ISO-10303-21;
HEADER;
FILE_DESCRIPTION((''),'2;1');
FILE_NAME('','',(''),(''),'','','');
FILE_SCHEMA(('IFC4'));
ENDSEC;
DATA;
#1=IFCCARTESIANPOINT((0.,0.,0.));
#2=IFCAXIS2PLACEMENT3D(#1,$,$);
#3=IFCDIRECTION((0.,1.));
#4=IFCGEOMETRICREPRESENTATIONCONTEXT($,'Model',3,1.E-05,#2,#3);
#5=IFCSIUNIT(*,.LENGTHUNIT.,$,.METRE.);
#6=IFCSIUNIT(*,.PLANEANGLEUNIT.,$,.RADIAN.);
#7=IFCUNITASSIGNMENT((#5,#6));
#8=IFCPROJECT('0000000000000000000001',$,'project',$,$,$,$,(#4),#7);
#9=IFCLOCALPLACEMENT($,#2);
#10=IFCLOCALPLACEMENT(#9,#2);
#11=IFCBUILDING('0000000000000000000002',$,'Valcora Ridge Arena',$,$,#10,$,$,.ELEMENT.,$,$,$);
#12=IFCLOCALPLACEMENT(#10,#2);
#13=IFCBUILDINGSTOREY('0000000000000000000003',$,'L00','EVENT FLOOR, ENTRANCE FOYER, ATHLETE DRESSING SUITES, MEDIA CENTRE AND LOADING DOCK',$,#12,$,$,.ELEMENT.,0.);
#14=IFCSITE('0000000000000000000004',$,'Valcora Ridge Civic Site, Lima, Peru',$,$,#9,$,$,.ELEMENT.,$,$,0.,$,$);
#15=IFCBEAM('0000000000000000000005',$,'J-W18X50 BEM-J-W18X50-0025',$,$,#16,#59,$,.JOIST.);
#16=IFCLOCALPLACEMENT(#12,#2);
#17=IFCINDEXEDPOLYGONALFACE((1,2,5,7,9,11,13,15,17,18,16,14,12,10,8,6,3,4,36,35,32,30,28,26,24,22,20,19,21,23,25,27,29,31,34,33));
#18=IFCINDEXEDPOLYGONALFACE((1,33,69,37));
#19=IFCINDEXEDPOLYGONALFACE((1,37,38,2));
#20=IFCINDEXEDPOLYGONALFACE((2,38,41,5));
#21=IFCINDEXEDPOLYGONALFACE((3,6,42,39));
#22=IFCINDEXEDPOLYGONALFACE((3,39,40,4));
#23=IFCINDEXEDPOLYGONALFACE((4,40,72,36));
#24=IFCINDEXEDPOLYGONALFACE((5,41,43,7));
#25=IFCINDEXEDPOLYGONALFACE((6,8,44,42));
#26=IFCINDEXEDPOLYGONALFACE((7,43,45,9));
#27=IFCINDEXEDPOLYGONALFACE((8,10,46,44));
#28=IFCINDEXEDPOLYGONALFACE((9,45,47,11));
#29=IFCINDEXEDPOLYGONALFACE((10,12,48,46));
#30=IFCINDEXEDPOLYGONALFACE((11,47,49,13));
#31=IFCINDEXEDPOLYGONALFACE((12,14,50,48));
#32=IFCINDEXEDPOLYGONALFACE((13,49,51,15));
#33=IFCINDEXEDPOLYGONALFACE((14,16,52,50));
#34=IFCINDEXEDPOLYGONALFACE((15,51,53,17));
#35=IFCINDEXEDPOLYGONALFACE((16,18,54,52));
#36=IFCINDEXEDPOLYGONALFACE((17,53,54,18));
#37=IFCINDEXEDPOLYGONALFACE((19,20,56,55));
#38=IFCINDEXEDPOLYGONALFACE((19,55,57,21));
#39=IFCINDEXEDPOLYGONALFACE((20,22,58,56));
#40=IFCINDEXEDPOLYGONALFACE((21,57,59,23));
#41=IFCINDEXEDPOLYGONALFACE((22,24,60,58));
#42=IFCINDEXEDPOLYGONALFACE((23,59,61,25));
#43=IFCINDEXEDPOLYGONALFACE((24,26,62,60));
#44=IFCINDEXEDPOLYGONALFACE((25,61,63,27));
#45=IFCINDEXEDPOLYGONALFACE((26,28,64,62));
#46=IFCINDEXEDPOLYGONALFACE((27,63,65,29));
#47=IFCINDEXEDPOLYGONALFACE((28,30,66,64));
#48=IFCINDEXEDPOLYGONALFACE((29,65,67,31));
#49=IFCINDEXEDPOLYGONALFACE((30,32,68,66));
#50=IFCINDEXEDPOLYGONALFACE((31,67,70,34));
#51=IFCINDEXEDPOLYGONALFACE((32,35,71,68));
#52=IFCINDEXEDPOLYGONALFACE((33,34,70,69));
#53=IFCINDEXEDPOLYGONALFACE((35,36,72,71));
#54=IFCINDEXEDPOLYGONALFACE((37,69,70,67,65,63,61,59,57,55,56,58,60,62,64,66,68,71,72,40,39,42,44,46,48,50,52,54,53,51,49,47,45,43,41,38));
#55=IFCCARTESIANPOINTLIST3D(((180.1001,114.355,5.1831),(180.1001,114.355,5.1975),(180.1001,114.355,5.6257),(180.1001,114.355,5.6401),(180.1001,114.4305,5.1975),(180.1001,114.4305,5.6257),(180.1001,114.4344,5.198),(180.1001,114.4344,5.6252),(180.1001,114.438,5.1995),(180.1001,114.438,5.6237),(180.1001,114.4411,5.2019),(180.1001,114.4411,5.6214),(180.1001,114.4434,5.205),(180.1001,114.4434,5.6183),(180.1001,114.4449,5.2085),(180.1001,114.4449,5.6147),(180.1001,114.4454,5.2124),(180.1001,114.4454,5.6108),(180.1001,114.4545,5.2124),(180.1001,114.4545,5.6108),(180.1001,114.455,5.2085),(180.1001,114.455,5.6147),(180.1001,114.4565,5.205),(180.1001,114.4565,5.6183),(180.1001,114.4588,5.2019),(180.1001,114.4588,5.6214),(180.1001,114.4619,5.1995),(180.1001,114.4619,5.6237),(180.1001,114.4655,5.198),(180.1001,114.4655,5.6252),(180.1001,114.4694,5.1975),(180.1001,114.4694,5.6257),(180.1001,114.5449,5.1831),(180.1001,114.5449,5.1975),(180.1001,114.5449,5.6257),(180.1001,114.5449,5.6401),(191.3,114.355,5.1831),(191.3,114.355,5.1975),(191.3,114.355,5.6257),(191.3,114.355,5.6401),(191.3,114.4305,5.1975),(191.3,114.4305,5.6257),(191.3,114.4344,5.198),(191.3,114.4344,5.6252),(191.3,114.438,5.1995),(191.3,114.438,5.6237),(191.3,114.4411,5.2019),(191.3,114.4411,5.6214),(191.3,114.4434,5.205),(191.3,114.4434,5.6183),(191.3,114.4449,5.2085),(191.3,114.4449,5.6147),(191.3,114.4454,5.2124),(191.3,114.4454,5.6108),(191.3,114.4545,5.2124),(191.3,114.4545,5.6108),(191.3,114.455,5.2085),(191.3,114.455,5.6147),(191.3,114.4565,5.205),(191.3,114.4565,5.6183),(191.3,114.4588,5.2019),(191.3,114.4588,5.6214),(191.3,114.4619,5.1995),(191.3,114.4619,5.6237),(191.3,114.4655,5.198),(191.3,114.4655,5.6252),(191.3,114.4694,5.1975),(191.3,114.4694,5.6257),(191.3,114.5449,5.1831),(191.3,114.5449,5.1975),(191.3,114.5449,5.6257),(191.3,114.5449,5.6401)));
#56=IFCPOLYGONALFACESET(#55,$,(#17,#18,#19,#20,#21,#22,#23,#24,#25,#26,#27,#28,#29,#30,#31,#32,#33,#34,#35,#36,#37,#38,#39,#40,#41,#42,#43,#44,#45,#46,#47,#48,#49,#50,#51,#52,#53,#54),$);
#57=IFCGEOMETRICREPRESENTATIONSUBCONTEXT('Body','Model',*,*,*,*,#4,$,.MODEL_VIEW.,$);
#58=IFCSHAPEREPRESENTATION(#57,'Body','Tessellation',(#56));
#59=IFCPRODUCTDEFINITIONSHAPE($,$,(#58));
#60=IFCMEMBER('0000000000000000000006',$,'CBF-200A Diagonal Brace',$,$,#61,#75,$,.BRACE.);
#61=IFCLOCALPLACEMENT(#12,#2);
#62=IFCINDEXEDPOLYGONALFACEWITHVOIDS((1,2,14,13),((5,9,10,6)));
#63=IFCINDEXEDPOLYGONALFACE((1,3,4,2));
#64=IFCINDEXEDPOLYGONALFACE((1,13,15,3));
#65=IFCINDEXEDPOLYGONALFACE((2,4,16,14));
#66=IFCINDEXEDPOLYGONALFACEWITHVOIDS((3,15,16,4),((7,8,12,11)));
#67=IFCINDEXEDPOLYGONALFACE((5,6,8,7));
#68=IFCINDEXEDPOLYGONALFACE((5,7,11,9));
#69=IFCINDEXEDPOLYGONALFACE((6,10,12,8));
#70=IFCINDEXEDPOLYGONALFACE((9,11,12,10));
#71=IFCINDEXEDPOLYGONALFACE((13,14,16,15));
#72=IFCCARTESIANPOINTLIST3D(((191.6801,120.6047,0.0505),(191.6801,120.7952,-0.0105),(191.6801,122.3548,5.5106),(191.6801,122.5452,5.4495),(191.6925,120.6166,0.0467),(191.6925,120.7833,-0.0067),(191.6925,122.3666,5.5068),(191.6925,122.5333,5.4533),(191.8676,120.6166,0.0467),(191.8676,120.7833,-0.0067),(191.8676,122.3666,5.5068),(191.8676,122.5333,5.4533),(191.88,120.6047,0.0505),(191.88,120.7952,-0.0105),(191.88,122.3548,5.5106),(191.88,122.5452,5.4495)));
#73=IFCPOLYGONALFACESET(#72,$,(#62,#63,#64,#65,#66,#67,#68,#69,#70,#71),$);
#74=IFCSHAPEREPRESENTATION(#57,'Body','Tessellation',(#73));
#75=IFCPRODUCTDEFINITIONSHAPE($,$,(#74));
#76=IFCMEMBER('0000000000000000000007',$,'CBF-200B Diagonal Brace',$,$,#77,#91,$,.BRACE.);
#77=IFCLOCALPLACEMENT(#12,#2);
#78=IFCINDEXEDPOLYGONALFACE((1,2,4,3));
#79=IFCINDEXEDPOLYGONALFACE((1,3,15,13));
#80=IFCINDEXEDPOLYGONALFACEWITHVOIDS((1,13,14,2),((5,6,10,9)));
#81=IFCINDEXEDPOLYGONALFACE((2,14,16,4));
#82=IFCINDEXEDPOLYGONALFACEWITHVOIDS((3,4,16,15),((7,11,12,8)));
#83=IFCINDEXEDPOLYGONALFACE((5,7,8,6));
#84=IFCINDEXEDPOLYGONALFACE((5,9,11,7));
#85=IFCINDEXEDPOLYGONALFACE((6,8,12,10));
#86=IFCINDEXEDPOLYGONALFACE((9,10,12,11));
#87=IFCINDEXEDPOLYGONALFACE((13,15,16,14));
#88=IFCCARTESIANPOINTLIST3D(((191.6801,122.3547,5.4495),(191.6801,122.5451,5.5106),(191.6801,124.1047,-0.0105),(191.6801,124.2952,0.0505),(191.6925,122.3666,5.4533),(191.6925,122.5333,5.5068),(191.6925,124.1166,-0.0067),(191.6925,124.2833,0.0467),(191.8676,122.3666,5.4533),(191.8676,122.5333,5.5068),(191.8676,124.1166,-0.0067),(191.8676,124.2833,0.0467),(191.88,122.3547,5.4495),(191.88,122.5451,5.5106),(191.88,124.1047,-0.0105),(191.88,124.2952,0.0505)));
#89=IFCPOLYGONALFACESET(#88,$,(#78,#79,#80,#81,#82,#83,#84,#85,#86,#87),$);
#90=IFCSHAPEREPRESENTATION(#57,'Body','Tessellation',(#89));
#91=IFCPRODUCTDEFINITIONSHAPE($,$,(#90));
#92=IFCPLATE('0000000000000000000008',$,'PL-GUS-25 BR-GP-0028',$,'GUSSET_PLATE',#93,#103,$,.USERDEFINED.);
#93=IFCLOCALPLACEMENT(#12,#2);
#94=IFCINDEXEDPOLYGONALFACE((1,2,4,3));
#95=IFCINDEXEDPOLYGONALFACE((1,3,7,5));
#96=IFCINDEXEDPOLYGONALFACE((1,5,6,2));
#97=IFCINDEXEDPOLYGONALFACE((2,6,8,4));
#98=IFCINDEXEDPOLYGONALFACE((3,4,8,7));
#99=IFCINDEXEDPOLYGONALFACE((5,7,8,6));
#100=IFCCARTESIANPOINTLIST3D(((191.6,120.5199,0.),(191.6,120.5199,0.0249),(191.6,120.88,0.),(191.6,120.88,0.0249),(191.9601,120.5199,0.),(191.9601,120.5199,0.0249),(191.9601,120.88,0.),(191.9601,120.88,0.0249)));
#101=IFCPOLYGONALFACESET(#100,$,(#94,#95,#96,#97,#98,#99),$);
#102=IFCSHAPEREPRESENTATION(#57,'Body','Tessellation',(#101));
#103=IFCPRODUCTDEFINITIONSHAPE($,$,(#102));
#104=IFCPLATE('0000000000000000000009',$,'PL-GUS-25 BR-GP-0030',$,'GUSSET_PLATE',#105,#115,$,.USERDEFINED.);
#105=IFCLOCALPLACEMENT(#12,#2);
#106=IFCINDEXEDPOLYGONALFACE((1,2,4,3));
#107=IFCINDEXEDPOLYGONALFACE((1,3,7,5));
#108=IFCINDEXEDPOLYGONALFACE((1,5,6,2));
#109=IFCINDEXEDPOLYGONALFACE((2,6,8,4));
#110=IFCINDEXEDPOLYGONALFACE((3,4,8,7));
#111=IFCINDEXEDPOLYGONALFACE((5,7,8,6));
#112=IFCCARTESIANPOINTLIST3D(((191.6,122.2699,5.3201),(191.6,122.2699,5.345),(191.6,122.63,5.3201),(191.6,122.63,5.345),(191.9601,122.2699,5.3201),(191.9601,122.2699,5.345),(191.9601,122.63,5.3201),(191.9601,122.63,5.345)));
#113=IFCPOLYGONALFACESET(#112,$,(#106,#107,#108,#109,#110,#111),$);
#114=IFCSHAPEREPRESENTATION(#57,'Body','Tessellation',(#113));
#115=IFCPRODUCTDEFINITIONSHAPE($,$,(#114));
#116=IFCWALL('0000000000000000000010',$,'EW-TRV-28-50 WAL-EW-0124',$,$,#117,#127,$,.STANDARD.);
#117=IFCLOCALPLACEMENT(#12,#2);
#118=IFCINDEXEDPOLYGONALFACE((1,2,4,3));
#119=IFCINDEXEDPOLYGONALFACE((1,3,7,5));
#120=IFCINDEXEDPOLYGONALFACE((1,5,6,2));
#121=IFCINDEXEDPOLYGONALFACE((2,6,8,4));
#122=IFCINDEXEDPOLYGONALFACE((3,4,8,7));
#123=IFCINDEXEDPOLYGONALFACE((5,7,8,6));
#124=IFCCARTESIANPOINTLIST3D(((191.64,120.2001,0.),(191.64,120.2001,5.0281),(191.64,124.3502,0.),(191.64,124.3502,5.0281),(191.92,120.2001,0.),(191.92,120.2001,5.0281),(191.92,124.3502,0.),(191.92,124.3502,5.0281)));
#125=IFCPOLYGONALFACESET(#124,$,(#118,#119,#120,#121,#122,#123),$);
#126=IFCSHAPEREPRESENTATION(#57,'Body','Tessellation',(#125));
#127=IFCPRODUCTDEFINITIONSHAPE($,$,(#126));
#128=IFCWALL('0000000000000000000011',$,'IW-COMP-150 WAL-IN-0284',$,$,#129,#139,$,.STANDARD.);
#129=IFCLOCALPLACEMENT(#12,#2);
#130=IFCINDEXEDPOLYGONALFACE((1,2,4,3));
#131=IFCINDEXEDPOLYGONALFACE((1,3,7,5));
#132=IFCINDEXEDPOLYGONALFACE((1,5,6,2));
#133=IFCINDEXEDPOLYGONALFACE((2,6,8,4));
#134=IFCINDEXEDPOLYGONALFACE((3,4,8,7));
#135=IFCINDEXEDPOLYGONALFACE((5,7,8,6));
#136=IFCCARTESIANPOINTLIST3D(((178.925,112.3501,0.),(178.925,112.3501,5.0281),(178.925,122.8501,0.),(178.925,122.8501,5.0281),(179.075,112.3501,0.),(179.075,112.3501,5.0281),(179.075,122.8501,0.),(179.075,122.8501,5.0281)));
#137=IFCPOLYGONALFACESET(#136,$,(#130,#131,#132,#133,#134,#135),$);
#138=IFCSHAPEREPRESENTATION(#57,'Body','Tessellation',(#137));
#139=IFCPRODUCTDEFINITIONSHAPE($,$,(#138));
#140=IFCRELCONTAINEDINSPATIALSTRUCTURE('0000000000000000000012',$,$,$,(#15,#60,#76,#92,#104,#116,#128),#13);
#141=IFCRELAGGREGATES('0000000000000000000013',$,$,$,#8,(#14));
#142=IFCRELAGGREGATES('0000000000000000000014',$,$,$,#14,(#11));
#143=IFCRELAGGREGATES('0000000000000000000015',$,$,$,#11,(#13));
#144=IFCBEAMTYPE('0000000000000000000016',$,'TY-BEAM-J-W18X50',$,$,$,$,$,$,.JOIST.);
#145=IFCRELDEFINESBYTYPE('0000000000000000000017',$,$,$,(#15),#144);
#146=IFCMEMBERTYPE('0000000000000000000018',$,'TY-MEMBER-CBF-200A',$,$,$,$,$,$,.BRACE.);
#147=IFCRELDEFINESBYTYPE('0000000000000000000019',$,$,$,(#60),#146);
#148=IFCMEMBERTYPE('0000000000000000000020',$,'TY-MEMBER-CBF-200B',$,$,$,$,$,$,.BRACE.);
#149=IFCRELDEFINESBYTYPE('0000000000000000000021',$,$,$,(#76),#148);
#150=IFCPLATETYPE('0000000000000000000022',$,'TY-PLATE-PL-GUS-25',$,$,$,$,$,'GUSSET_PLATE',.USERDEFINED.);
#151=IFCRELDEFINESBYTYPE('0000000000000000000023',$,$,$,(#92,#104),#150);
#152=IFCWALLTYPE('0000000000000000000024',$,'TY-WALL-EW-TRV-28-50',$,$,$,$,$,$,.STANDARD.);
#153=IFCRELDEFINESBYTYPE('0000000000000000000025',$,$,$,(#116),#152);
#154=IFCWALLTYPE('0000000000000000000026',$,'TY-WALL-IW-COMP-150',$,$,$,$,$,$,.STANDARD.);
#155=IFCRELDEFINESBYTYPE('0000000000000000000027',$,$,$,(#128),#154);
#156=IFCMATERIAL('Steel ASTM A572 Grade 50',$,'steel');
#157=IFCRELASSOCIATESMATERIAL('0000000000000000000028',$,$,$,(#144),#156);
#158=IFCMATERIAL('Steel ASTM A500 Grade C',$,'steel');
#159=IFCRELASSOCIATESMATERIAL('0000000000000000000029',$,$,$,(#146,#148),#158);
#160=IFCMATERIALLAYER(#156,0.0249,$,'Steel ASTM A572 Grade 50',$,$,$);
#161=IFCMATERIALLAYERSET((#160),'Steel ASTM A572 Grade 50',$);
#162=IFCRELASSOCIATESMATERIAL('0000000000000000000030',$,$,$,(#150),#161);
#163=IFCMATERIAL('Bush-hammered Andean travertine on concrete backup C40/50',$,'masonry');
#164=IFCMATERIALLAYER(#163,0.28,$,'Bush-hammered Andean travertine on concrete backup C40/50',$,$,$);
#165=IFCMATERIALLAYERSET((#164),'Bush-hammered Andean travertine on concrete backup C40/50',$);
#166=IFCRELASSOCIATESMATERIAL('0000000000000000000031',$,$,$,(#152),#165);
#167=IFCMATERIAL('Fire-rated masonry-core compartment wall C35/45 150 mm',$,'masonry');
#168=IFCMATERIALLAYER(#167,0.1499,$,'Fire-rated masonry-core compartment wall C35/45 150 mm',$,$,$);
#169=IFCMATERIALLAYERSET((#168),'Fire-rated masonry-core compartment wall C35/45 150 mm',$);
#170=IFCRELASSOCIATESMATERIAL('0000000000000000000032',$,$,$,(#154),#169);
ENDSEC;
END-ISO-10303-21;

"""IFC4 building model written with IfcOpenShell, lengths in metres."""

from ifc_helpers import new_model, si_unit, direction, frame, frame_2d, origin, origin_2d, place, context, subcontext, project, spatial, rectangle, hollow_rectangle, i_section, extrude, material, layer, layer_set, material_profile, profile_set, type_object, element, save


model = new_model("IFC4")

# Units and contexts
model_context = context("Model", 3, precision=1e-05, world=origin(), true_north=direction((0.0, 1.0)))
body_context = subcontext(model_context, "Body", "Model", "MODEL_VIEW")
ifc_project = project(units=[si_unit("LENGTHUNIT", "METRE"), si_unit("PLANEANGLEUNIT", "RADIAN")], contexts=[model_context])

# Site, building, storey
site_placement = place(None, origin())
site = spatial("IfcSite", under=ifc_project, at=site_placement, Name="Valcora Ridge Civic Site, Lima, Peru", CompositionType="ELEMENT", RefElevation=0.0)
building_placement = place(site_placement, origin())
building = spatial("IfcBuilding", under=site, at=building_placement, Name="Valcora Ridge Arena", CompositionType="ELEMENT")
storey_placement = place(building_placement, origin())
storey = spatial("IfcBuildingStorey", under=building, at=storey_placement, Name="L00", Description="EVENT FLOOR, ENTRANCE FOYER, ATHLETE DRESSING SUITES, MEDIA CENTRE AND LOADING DOCK", CompositionType="ELEMENT", Elevation=0.0)

# Shared definitions
ifc_material_1 = material(Name="Steel ASTM A500 Grade C", Category="steel")

# Beam
ifc_material_2 = material(Name="Steel ASTM A572 Grade 50", Category="steel")
ifc_material_profile_1 = material_profile(ifc_material_2, i_section(OverallWidth=0.1899, OverallDepth=0.457, WebThickness=0.009, FlangeThickness=0.0144, FilletRadius=0.0149, at=origin_2d()), Name="W18X50")
ifc_profile_set_1 = profile_set([ifc_material_profile_1], Name="Steel ASTM A572 Grade 50")
beam_type_1 = type_object("IfcBeamType", Name="TY-BEAM-J-W18X50", PredefinedType="JOIST", material=ifc_profile_set_1)
beam_1_placement = place(storey_placement, frame((180.1001, 114.45, 5.4116), z_axis=(1.0, 0.0, 0.0), x_axis=(0.0, 1.0, 0.0)))
element("IfcBeam", 1, at=beam_1_placement, inside=storey, type_object=beam_type_1, Name="J-W18X50 BEM-J-W18X50-0025", PredefinedType="JOIST", context=body_context, shape_type="SweptSolid", body=[
    extrude(i_section(OverallWidth=0.1899, OverallDepth=0.457, WebThickness=0.009, FlangeThickness=0.0144, FilletRadius=0.0149, at=origin_2d()), origin(), (0.0, 0.0, 1.0), 11.2),
])

# Members
ifc_material_profile_2 = material_profile(ifc_material_1, hollow_rectangle(XDim=0.2, YDim=0.2, WallThickness=0.0125, at=origin_2d()), Name="HSS200X200X12")
ifc_profile_set_2 = profile_set([ifc_material_profile_2], Name="Steel ASTM A500 Grade C")
member_type_1 = type_object("IfcMemberType", Name="TY-MEMBER-CBF-200A", PredefinedType="BRACE", material=ifc_profile_set_2)
member_1_placement = place(storey_placement, frame((191.78, 120.7, 0.02), z_axis=(0.0, 0.305221, 0.952282), x_axis=(-1.0, 0.0, 0.0)))
element("IfcMember", 2, at=member_1_placement, inside=storey, type_object=member_type_1, Name="CBF-200A Diagonal Brace", PredefinedType="BRACE", context=body_context, shape_type="SweptSolid", body=[
    extrude(hollow_rectangle(XDim=0.2, YDim=0.2, WallThickness=0.0125, at=origin_2d()), origin(), (0.0, 0.0, 1.0), 5.7336),
])
ifc_material_profile_3 = material_profile(ifc_material_1, hollow_rectangle(XDim=0.2, YDim=0.2, WallThickness=0.0125, at=origin_2d()), Name="HSS200X200X12")
ifc_profile_set_3 = profile_set([ifc_material_profile_3], Name="Steel ASTM A500 Grade C")
member_type_2 = type_object("IfcMemberType", Name="TY-MEMBER-CBF-200B", PredefinedType="BRACE", material=ifc_profile_set_3)
member_2_placement = place(storey_placement, frame((191.78, 124.2, 0.02), z_axis=(0.0, -0.305221, 0.952282), x_axis=(1.0, 0.0, 0.0)))
element("IfcMember", 3, at=member_2_placement, inside=storey, type_object=member_type_2, Name="CBF-200B Diagonal Brace", PredefinedType="BRACE", context=body_context, shape_type="SweptSolid", body=[
    extrude(hollow_rectangle(XDim=0.2, YDim=0.2, WallThickness=0.0125, at=origin_2d()), origin(), (0.0, 0.0, 1.0), 5.7336),
])

# Plates
ifc_layer_1 = layer(ifc_material_2, 0.0249, Name="Steel ASTM A572 Grade 50")
ifc_layer_set_1 = layer_set([ifc_layer_1], Name="Steel ASTM A572 Grade 50")
plate_type = type_object("IfcPlateType", Name="TY-PLATE-PL-GUS-25", ElementType="GUSSET_PLATE", PredefinedType="USERDEFINED", material=ifc_layer_set_1)
for number, where, z_axis, x_axis, name in (
    (4, (191.78, 120.7, 0.0), (0.0, 0.0, 1.0), (1.0, 0.0, 0.0), "PL-GUS-25 BR-GP-0028"),
    (5, (191.78, 122.45, 5.3201), (0.0, 0.0, 1.0), (1.0, 0.0, 0.0), "PL-GUS-25 BR-GP-0030"),
):
    element("IfcPlate", number, at=place(storey_placement, frame(where, z_axis=z_axis, x_axis=x_axis)), inside=storey, type_object=plate_type, Name=name, ObjectType="GUSSET_PLATE", PredefinedType="USERDEFINED", context=body_context, shape_type="SweptSolid", body=[
        extrude(rectangle(XDim=0.3601, YDim=0.3601, at=origin_2d()), origin(), (0.0, 0.0, 1.0), 0.0249),
    ])

# Walls
ifc_material_3 = material(Name="Bush-hammered Andean travertine on concrete backup C40/50", Category="masonry")
ifc_layer_2 = layer(ifc_material_3, 0.28, Name="Bush-hammered Andean travertine on concrete backup C40/50")
ifc_layer_set_2 = layer_set([ifc_layer_2], Name="Bush-hammered Andean travertine on concrete backup C40/50")
wall_type_1 = type_object("IfcWallType", Name="TY-WALL-EW-TRV-28-50", PredefinedType="STANDARD", material=ifc_layer_set_2)
wall_1_placement = place(storey_placement, frame((191.78, 120.2, 0.0), z_axis=(0.0, 0.0, 1.0), x_axis=(0.0, 1.0, 0.0)))
element("IfcWall", 6, at=wall_1_placement, inside=storey, type_object=wall_type_1, Name="EW-TRV-28-50 WAL-EW-0124", PredefinedType="STANDARD", context=body_context, shape_type="SweptSolid", body=[
    extrude(rectangle(XDim=4.1501, YDim=0.28, at=frame_2d((2.0752, 0.0))), origin(), (0.0, 0.0, 1.0), 5.0281),
])
ifc_material_4 = material(Name="Fire-rated masonry-core compartment wall C35/45 150 mm", Category="masonry")
ifc_layer_3 = layer(ifc_material_4, 0.1499, Name="Fire-rated masonry-core compartment wall C35/45 150 mm")
ifc_layer_set_3 = layer_set([ifc_layer_3], Name="Fire-rated masonry-core compartment wall C35/45 150 mm")
wall_type_2 = type_object("IfcWallType", Name="TY-WALL-IW-COMP-150", PredefinedType="STANDARD", material=ifc_layer_set_3)
wall_2_placement = place(storey_placement, frame((179.0, 112.3501, 0.0), z_axis=(0.0, 0.0, 1.0), x_axis=(0.0, 1.0, 0.0)))
element("IfcWall", 7, at=wall_2_placement, inside=storey, type_object=wall_type_2, Name="IW-COMP-150 WAL-IN-0284", PredefinedType="STANDARD", context=body_context, shape_type="SweptSolid", body=[
    extrude(rectangle(XDim=10.5, YDim=0.1499, at=frame_2d((5.25, 0.0))), origin(), (0.0, 0.0, 1.0), 5.0281),
])

save(model, "model.ifc")
